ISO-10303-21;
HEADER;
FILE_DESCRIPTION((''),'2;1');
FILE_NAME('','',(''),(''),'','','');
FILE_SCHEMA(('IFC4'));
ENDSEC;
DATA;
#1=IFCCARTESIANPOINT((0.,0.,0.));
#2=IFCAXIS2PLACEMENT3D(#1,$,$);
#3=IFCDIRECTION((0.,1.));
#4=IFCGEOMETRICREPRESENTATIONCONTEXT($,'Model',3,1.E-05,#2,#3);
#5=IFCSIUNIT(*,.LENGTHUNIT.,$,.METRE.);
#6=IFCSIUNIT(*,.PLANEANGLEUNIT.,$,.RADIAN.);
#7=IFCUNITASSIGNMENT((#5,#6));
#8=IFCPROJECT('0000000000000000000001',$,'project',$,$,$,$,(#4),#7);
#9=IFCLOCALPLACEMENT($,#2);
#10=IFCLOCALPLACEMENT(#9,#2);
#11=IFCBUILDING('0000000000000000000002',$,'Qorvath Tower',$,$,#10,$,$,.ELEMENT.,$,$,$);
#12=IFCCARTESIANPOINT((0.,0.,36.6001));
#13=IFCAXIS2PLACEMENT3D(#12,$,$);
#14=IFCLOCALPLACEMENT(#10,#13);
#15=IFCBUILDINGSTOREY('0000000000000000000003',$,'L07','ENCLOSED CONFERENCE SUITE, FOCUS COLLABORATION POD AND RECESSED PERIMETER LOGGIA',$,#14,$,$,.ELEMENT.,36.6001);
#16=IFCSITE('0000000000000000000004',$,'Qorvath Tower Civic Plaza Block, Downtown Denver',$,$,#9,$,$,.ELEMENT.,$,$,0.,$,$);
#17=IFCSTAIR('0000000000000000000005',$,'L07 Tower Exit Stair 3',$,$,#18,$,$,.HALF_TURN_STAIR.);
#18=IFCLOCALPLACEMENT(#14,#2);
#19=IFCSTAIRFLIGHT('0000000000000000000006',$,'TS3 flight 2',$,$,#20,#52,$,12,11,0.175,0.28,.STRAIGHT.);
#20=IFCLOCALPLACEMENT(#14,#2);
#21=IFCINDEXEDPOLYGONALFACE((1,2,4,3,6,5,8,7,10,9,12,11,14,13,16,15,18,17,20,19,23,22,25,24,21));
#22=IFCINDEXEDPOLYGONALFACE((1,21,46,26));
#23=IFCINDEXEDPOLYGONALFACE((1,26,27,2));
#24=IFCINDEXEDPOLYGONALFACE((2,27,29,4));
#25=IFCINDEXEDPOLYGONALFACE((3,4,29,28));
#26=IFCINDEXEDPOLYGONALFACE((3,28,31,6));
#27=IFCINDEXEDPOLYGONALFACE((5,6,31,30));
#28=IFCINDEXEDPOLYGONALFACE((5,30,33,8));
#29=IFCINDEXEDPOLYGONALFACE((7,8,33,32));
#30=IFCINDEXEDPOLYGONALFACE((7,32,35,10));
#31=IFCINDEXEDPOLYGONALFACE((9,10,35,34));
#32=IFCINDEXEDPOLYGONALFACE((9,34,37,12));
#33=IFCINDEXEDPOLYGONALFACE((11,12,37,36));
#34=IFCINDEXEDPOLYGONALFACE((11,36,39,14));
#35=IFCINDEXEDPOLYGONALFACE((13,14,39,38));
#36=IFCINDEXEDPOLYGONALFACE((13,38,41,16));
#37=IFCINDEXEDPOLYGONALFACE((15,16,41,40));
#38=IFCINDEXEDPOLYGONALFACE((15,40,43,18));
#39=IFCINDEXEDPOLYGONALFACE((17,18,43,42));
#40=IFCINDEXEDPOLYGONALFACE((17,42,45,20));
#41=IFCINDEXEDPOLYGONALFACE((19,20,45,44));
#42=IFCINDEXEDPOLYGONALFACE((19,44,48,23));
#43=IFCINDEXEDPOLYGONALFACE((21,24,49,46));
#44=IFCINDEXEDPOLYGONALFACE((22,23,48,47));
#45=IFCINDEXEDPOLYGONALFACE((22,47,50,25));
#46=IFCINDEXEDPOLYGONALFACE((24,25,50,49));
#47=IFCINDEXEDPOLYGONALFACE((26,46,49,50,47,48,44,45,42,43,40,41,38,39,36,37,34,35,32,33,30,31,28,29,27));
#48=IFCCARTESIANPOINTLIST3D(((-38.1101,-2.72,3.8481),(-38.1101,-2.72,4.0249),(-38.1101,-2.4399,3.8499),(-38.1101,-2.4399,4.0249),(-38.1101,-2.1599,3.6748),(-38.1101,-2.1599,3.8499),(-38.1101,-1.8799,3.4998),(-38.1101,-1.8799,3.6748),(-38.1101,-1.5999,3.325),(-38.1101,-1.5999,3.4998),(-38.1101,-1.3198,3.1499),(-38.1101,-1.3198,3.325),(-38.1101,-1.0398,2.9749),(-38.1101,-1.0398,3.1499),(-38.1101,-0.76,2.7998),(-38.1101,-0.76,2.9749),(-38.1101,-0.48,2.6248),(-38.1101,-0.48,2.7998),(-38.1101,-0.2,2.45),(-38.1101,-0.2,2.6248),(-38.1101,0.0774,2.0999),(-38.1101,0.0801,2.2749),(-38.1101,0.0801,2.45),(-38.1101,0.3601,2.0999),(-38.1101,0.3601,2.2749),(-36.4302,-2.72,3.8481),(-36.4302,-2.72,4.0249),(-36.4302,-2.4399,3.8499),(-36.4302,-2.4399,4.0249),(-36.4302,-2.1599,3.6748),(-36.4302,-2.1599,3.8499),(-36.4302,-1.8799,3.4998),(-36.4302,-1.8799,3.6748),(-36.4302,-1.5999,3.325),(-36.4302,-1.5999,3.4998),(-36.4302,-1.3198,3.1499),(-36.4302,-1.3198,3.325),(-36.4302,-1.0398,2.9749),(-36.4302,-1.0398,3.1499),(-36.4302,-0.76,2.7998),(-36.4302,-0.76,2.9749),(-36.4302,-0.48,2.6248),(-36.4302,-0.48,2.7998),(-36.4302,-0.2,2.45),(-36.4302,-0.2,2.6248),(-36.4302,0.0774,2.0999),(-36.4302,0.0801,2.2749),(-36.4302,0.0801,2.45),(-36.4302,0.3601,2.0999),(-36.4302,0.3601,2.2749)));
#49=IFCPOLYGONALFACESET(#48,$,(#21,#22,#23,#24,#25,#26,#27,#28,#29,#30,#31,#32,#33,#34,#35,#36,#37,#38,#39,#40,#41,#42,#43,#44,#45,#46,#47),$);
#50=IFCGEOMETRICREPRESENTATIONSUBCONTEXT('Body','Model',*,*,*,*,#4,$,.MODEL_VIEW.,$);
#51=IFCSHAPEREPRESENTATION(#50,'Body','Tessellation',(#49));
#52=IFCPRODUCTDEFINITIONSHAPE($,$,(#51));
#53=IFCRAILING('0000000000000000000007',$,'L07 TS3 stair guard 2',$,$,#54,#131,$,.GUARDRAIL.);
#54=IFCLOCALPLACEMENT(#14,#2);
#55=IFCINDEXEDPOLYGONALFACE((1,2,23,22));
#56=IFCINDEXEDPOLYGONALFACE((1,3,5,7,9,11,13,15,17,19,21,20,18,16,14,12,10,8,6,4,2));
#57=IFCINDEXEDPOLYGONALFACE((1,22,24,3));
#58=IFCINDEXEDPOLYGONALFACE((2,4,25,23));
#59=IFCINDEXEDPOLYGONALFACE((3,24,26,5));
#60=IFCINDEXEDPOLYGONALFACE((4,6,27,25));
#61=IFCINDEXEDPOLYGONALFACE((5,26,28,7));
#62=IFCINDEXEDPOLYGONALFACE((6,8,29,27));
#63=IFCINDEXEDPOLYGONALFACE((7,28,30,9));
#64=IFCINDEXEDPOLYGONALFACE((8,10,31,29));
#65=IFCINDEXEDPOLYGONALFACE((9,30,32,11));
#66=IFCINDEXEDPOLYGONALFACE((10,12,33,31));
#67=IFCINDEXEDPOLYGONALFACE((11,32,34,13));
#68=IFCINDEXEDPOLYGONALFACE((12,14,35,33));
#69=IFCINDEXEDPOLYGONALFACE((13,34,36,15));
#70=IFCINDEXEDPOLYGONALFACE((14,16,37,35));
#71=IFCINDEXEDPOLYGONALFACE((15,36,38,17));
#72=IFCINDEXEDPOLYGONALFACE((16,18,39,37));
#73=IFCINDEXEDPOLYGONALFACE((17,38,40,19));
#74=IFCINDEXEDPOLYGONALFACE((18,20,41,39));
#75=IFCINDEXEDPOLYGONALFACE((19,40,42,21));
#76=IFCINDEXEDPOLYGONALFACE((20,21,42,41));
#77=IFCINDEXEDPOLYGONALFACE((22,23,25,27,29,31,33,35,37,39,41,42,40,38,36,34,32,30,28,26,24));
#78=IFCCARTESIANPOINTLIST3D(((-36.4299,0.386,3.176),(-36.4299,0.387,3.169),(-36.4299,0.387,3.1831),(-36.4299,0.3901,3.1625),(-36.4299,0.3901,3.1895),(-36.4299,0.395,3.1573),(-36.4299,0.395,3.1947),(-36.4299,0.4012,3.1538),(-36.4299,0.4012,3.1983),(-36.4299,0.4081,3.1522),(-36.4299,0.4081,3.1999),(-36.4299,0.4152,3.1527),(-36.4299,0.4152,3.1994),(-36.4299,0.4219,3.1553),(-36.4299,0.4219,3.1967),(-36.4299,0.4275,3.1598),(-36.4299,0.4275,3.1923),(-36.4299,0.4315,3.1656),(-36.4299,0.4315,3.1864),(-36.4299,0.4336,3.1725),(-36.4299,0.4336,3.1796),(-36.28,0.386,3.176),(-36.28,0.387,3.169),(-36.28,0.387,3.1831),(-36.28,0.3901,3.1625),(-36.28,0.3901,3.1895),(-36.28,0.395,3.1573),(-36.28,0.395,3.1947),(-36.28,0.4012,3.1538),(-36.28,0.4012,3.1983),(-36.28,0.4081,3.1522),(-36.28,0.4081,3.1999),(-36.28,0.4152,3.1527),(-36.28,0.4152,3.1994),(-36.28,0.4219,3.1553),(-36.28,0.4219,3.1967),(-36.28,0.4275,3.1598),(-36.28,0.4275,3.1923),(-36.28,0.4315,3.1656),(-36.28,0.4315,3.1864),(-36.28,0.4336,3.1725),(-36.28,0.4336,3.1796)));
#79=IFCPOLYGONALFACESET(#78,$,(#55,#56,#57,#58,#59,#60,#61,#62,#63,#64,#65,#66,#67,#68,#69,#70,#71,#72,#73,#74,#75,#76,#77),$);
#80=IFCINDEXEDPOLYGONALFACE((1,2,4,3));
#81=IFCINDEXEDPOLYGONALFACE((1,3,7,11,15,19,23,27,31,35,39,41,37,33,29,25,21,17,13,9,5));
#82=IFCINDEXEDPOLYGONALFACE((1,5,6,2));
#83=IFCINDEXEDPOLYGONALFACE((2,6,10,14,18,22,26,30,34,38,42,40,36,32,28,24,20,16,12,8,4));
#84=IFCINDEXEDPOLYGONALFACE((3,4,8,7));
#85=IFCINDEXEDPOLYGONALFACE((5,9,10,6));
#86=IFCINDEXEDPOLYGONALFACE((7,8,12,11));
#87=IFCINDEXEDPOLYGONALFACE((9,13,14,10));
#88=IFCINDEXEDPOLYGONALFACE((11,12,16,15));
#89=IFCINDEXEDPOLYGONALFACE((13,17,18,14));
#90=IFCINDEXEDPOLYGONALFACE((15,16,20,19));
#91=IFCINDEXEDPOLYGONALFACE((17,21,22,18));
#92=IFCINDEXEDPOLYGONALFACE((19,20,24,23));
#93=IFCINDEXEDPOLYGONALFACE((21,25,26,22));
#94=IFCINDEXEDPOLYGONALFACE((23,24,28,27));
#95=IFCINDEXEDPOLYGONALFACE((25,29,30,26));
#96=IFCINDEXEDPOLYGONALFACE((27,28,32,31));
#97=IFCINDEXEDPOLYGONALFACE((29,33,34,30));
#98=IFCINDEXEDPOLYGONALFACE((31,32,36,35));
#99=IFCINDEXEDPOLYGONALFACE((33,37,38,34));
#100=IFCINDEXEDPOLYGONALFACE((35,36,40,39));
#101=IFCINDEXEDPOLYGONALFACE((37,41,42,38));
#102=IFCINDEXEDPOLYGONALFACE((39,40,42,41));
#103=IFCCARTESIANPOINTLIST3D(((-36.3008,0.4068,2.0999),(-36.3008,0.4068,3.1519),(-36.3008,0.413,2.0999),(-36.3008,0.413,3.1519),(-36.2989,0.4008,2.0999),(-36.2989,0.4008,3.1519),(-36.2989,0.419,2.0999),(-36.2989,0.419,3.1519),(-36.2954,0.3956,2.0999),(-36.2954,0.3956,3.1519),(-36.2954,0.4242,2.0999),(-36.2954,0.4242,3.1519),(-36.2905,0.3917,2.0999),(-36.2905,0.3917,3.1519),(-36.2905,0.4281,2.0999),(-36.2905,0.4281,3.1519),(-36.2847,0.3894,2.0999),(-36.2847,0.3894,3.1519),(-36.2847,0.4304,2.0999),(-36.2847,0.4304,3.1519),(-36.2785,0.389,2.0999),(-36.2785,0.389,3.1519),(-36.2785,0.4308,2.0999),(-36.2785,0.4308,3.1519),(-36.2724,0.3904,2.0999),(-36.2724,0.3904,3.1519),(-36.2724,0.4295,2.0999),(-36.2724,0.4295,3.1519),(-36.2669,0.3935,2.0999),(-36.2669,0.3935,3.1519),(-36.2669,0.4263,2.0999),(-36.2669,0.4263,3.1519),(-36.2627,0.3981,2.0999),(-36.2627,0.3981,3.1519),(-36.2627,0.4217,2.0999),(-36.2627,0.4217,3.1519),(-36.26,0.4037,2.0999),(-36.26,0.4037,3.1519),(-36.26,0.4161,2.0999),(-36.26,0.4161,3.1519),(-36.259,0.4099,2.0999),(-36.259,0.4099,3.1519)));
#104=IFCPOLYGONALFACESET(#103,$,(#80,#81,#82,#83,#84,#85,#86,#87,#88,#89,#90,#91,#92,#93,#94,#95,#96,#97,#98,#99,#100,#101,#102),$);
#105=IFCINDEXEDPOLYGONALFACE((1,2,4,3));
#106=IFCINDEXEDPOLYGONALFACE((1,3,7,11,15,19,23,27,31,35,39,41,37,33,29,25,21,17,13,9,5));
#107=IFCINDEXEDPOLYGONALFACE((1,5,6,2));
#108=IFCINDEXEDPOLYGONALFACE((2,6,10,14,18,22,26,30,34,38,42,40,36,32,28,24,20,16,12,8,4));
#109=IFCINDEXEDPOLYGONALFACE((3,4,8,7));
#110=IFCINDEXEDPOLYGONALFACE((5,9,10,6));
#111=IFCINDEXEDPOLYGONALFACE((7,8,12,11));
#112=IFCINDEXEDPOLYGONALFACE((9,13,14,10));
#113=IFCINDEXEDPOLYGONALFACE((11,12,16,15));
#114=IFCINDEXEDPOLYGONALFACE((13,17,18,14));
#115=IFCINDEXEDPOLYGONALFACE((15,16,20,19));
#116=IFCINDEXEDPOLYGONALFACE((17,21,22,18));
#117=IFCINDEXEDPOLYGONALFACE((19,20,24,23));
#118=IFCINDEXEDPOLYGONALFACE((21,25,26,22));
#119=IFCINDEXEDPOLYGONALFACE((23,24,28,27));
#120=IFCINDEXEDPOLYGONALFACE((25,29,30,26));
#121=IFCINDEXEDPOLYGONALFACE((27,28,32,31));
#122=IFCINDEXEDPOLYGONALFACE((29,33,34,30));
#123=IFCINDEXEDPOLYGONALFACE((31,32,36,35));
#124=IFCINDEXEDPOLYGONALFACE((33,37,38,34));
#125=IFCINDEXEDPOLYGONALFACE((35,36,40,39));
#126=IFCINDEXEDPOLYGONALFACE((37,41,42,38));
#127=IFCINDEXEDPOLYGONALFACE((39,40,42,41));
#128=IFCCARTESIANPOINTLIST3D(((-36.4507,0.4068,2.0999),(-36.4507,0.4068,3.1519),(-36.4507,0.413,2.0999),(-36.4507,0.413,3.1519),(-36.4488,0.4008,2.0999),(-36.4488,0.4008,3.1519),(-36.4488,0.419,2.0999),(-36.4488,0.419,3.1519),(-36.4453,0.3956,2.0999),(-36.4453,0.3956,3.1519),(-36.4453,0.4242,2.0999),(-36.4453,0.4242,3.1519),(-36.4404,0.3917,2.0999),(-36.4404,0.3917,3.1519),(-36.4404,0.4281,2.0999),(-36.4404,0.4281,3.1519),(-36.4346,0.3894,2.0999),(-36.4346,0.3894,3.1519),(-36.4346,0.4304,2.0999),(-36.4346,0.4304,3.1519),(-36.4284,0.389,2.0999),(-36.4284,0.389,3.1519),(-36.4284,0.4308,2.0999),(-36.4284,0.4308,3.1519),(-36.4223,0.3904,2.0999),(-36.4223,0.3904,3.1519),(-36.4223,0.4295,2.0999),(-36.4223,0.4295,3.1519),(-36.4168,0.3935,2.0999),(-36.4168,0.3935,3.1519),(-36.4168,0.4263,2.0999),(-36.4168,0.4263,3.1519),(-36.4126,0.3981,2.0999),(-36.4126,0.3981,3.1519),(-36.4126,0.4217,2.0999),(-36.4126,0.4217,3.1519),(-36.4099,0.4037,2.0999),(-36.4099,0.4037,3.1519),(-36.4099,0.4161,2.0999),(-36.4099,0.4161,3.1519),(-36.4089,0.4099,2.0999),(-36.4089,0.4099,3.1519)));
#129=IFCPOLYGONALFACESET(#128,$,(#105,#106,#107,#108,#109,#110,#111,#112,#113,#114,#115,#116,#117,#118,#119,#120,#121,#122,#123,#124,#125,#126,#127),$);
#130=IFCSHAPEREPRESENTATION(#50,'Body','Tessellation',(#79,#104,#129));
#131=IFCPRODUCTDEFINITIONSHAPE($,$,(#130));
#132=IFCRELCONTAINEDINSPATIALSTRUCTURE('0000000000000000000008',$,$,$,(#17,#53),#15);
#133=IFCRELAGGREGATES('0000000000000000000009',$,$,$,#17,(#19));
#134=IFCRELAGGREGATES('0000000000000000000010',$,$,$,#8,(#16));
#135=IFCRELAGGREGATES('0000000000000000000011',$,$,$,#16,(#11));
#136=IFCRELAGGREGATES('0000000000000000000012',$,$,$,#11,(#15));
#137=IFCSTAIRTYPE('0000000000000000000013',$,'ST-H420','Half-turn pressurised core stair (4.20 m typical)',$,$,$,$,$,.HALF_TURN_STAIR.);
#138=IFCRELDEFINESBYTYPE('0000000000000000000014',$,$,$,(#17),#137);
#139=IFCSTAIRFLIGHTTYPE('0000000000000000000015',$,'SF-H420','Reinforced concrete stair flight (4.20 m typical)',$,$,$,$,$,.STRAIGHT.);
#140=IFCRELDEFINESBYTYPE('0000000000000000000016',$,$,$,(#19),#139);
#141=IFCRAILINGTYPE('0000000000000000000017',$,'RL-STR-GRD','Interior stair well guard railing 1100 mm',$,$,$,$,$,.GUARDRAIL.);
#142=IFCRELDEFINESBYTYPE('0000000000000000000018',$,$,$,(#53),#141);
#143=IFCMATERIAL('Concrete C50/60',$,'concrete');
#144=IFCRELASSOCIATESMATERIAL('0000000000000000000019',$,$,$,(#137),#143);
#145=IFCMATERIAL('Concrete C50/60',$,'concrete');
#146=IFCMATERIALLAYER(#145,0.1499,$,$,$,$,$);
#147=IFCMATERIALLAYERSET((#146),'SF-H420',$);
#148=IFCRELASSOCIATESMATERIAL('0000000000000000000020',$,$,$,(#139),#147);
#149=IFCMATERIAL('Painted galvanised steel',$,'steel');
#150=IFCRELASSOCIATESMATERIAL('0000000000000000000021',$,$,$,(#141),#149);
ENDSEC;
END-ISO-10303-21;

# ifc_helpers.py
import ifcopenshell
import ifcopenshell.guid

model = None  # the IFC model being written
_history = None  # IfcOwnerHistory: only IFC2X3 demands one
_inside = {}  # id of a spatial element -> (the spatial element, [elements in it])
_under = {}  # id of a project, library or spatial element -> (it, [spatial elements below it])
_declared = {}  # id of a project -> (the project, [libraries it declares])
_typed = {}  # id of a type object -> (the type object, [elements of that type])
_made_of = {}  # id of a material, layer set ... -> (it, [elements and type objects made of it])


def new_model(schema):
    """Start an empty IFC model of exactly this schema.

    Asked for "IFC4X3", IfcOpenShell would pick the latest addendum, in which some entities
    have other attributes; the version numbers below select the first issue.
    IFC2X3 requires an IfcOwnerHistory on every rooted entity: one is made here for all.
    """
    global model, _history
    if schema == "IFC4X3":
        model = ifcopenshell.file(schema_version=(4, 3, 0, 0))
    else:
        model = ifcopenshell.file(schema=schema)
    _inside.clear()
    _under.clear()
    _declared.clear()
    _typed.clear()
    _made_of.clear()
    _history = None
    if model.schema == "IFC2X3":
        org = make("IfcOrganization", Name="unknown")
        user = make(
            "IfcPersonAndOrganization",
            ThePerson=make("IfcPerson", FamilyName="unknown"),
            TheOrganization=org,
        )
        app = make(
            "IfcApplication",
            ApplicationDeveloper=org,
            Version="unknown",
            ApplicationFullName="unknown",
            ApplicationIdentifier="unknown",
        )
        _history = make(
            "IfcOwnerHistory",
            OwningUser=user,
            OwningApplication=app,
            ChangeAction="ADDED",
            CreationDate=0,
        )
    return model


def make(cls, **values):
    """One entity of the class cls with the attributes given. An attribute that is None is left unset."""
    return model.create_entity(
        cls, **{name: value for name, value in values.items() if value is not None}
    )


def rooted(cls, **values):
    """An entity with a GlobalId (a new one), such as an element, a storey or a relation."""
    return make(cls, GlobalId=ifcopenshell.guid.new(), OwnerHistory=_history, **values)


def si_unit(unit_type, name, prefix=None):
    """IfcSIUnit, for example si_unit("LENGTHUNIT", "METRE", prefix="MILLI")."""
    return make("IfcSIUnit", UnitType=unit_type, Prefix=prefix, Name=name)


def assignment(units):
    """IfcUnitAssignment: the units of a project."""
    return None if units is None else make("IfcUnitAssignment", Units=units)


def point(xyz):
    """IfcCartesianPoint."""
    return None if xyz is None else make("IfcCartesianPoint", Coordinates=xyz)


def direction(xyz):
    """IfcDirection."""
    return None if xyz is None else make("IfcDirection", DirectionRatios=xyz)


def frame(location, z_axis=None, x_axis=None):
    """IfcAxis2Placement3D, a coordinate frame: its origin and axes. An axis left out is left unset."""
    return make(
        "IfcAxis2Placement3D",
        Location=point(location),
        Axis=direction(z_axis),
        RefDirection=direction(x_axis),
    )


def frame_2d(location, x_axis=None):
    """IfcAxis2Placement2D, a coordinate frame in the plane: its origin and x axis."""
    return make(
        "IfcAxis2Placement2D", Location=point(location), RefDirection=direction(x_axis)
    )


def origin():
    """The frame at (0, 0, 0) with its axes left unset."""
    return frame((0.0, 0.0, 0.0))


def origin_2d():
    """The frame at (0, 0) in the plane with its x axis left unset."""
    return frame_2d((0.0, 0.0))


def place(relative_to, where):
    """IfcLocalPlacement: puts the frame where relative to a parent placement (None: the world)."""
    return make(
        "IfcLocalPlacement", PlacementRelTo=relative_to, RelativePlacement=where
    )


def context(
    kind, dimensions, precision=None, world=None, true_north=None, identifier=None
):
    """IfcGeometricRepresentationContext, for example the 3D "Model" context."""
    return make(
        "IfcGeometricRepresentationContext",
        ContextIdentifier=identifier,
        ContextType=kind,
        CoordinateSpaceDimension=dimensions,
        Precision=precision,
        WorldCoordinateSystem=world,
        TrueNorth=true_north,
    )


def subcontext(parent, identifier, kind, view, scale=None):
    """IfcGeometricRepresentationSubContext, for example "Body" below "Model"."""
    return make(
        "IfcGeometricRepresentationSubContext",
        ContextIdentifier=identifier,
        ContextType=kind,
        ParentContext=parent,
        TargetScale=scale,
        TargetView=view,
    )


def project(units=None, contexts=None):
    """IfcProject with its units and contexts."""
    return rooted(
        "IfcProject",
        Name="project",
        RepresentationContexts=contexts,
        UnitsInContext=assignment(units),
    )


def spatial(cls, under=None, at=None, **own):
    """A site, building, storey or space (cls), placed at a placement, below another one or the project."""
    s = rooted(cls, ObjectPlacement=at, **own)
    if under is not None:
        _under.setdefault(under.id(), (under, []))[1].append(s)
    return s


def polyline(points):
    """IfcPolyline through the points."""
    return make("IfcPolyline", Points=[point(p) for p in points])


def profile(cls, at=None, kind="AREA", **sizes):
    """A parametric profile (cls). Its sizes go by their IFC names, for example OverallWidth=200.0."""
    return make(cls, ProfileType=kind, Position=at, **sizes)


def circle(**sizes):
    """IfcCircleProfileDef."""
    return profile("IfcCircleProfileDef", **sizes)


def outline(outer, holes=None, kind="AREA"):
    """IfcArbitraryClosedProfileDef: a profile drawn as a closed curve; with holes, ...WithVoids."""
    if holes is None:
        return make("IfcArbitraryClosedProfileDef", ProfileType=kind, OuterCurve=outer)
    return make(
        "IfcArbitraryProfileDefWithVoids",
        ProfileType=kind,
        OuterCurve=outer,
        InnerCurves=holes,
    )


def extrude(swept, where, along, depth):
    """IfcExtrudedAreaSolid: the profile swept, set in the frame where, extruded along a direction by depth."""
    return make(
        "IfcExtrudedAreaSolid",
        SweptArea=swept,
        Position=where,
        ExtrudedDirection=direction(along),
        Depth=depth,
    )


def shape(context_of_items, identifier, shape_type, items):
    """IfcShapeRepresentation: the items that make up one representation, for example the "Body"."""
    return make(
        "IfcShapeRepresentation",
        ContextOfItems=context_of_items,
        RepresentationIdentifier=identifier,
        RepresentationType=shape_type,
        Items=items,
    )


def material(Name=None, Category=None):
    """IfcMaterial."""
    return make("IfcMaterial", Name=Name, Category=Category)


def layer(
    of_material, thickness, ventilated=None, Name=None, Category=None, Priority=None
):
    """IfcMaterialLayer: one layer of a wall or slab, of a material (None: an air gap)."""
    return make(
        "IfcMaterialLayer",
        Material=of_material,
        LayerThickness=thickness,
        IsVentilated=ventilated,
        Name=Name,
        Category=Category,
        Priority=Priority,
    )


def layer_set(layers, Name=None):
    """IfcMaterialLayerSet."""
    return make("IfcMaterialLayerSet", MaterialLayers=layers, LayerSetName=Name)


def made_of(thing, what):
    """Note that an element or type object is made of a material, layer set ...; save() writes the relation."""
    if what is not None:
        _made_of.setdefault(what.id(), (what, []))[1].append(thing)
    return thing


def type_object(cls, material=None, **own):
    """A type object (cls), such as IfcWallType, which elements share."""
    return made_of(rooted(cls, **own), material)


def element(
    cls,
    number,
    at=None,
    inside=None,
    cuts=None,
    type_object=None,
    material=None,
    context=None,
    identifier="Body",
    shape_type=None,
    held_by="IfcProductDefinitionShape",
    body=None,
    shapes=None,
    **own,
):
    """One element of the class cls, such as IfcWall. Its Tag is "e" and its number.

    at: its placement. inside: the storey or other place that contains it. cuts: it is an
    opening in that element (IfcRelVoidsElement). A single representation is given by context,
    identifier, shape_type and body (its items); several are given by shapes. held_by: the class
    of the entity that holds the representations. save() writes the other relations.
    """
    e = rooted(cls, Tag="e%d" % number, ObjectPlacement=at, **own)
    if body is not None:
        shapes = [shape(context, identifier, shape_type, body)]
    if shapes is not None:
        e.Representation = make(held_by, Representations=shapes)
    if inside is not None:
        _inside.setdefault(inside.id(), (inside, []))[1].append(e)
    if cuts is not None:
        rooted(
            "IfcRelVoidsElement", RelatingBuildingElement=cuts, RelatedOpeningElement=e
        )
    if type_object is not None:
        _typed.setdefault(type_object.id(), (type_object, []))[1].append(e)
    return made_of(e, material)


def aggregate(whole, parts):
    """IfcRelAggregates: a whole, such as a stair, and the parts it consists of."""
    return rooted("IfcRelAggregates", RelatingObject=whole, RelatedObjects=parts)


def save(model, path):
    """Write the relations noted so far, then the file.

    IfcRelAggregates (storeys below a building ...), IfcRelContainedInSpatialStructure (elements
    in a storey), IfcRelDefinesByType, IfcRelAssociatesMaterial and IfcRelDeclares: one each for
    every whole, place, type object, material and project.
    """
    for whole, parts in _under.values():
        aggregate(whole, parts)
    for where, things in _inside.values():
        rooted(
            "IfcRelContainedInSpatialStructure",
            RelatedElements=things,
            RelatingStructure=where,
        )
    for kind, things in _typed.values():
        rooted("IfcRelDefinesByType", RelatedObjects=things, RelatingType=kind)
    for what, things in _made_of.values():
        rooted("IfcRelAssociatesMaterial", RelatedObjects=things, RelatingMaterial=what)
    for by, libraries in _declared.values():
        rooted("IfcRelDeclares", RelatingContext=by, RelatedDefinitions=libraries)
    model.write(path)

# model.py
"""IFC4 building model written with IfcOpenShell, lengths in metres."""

from ifc_helpers import new_model, si_unit, direction, frame, origin, origin_2d, place, context, subcontext, project, spatial, polyline, circle, outline, extrude, material, layer, layer_set, type_object, element, aggregate, save


model = new_model("IFC4")

# Units and contexts
model_context = context("Model", 3, precision=1e-05, world=origin(), true_north=direction((0.0, 1.0)))
body_context = subcontext(model_context, "Body", "Model", "MODEL_VIEW")
ifc_project = project(units=[si_unit("LENGTHUNIT", "METRE"), si_unit("PLANEANGLEUNIT", "RADIAN")], contexts=[model_context])

# Site, building, storey
site_placement = place(None, origin())
site = spatial("IfcSite", under=ifc_project, at=site_placement, Name="Qorvath Tower Civic Plaza Block, Downtown Denver", CompositionType="ELEMENT", RefElevation=0.0)
building_placement = place(site_placement, origin())
building = spatial("IfcBuilding", under=site, at=building_placement, Name="Qorvath Tower", CompositionType="ELEMENT")
storey_placement = place(building_placement, frame((0.0, 0.0, 36.6001)))
storey = spatial("IfcBuildingStorey", under=building, at=storey_placement, Name="L07", Description="ENCLOSED CONFERENCE SUITE, FOCUS COLLABORATION POD AND RECESSED PERIMETER LOGGIA", CompositionType="ELEMENT", Elevation=36.6001)

# Stair, stair flight
ifc_material_1 = material(Name="Concrete C50/60", Category="concrete")
stair_type = type_object("IfcStairType", Name="ST-H420", Description="Half-turn pressurised core stair (4.20 m typical)", PredefinedType="HALF_TURN_STAIR", material=ifc_material_1)
stair_placement = place(storey_placement, origin())
stair = element("IfcStair", 1, at=stair_placement, inside=storey, type_object=stair_type, Name="L07 Tower Exit Stair 3", PredefinedType="HALF_TURN_STAIR")
ifc_material_2 = material(Name="Concrete C50/60", Category="concrete")
ifc_layer_1 = layer(ifc_material_2, 0.1499)
ifc_layer_set_1 = layer_set([ifc_layer_1], Name="SF-H420")
stair_flight_type = type_object("IfcStairFlightType", Name="SF-H420", Description="Reinforced concrete stair flight (4.20 m typical)", PredefinedType="STRAIGHT", material=ifc_layer_set_1)
stair_flight_placement = place(storey_placement, frame((-37.27, 0.3601, 2.0999), z_axis=(0.0, 0.0, 1.0), x_axis=(0.0, -1.0, 0.0)))
stair_flight = element("IfcStairFlight", 2, at=stair_flight_placement, type_object=stair_flight_type, Name="TS3 flight 2", NumberOfRisers=12, NumberOfTreads=11, PredefinedType="STRAIGHT", RiserHeight=0.175, TreadLength=0.28, context=body_context, shape_type="SweptSolid", body=[
    extrude(outline(polyline([(0.0, 0.0), (0.0, 0.175), (0.28, 0.175), (0.28, 0.3501), (0.5601, 0.3501), (0.5601, 0.5249), (0.8401, 0.5249), (0.8401, 0.7), (1.1201, 0.7), (1.1201, 0.875), (1.3999, 0.875), (1.3999, 1.05), (1.6799, 1.05), (1.6799, 1.2251), (1.96, 1.2251), (1.96, 1.3999), (2.24, 1.3999), (2.24, 1.575), (2.52, 1.575), (2.52, 1.75), (2.8, 1.75), (2.8, 1.925), (3.0801, 1.925), (3.0801, 2.1001), (3.0801, 1.7483), (0.2827, 0.0), (0.0, 0.0)])), frame((0.0, 0.8398, 0.0), z_axis=(0.0, -1.0, 0.0), x_axis=(1.0, 0.0, 0.0)), (0.0, 0.0, 1.0), 1.6799),
])
aggregate(stair, [stair_flight])

# Railing
ifc_material_3 = material(Name="Painted galvanised steel", Category="steel")
railing_type_1 = type_object("IfcRailingType", Name="RL-STR-GRD", Description="Interior stair well guard railing 1100 mm", PredefinedType="GUARDRAIL", material=ifc_material_3)
railing_1_placement = place(storey_placement, frame((-36.28, 0.4099, 2.0999)))
element("IfcRailing", 3, at=railing_1_placement, inside=storey, type_object=railing_type_1, Name="L07 TS3 stair guard 2", PredefinedType="GUARDRAIL", context=body_context, shape_type="SweptSolid", body=[
    extrude(circle(Radius=0.0239, at=origin_2d()), frame((0.0, 0.0, 1.0762), z_axis=(-1.0, 0.0, 0.0), x_axis=(0.0, -1.0, 0.0)), (0.0, 0.0, 1.0), 0.1499),
    extrude(circle(Radius=0.021, at=origin_2d()), origin(), (0.0, 0.0, 1.0), 1.052),
    extrude(circle(Radius=0.021, at=origin_2d()), frame((-0.1499, 0.0, 0.0)), (0.0, 0.0, 1.0), 1.052),
])

save(model, "model.ifc")
